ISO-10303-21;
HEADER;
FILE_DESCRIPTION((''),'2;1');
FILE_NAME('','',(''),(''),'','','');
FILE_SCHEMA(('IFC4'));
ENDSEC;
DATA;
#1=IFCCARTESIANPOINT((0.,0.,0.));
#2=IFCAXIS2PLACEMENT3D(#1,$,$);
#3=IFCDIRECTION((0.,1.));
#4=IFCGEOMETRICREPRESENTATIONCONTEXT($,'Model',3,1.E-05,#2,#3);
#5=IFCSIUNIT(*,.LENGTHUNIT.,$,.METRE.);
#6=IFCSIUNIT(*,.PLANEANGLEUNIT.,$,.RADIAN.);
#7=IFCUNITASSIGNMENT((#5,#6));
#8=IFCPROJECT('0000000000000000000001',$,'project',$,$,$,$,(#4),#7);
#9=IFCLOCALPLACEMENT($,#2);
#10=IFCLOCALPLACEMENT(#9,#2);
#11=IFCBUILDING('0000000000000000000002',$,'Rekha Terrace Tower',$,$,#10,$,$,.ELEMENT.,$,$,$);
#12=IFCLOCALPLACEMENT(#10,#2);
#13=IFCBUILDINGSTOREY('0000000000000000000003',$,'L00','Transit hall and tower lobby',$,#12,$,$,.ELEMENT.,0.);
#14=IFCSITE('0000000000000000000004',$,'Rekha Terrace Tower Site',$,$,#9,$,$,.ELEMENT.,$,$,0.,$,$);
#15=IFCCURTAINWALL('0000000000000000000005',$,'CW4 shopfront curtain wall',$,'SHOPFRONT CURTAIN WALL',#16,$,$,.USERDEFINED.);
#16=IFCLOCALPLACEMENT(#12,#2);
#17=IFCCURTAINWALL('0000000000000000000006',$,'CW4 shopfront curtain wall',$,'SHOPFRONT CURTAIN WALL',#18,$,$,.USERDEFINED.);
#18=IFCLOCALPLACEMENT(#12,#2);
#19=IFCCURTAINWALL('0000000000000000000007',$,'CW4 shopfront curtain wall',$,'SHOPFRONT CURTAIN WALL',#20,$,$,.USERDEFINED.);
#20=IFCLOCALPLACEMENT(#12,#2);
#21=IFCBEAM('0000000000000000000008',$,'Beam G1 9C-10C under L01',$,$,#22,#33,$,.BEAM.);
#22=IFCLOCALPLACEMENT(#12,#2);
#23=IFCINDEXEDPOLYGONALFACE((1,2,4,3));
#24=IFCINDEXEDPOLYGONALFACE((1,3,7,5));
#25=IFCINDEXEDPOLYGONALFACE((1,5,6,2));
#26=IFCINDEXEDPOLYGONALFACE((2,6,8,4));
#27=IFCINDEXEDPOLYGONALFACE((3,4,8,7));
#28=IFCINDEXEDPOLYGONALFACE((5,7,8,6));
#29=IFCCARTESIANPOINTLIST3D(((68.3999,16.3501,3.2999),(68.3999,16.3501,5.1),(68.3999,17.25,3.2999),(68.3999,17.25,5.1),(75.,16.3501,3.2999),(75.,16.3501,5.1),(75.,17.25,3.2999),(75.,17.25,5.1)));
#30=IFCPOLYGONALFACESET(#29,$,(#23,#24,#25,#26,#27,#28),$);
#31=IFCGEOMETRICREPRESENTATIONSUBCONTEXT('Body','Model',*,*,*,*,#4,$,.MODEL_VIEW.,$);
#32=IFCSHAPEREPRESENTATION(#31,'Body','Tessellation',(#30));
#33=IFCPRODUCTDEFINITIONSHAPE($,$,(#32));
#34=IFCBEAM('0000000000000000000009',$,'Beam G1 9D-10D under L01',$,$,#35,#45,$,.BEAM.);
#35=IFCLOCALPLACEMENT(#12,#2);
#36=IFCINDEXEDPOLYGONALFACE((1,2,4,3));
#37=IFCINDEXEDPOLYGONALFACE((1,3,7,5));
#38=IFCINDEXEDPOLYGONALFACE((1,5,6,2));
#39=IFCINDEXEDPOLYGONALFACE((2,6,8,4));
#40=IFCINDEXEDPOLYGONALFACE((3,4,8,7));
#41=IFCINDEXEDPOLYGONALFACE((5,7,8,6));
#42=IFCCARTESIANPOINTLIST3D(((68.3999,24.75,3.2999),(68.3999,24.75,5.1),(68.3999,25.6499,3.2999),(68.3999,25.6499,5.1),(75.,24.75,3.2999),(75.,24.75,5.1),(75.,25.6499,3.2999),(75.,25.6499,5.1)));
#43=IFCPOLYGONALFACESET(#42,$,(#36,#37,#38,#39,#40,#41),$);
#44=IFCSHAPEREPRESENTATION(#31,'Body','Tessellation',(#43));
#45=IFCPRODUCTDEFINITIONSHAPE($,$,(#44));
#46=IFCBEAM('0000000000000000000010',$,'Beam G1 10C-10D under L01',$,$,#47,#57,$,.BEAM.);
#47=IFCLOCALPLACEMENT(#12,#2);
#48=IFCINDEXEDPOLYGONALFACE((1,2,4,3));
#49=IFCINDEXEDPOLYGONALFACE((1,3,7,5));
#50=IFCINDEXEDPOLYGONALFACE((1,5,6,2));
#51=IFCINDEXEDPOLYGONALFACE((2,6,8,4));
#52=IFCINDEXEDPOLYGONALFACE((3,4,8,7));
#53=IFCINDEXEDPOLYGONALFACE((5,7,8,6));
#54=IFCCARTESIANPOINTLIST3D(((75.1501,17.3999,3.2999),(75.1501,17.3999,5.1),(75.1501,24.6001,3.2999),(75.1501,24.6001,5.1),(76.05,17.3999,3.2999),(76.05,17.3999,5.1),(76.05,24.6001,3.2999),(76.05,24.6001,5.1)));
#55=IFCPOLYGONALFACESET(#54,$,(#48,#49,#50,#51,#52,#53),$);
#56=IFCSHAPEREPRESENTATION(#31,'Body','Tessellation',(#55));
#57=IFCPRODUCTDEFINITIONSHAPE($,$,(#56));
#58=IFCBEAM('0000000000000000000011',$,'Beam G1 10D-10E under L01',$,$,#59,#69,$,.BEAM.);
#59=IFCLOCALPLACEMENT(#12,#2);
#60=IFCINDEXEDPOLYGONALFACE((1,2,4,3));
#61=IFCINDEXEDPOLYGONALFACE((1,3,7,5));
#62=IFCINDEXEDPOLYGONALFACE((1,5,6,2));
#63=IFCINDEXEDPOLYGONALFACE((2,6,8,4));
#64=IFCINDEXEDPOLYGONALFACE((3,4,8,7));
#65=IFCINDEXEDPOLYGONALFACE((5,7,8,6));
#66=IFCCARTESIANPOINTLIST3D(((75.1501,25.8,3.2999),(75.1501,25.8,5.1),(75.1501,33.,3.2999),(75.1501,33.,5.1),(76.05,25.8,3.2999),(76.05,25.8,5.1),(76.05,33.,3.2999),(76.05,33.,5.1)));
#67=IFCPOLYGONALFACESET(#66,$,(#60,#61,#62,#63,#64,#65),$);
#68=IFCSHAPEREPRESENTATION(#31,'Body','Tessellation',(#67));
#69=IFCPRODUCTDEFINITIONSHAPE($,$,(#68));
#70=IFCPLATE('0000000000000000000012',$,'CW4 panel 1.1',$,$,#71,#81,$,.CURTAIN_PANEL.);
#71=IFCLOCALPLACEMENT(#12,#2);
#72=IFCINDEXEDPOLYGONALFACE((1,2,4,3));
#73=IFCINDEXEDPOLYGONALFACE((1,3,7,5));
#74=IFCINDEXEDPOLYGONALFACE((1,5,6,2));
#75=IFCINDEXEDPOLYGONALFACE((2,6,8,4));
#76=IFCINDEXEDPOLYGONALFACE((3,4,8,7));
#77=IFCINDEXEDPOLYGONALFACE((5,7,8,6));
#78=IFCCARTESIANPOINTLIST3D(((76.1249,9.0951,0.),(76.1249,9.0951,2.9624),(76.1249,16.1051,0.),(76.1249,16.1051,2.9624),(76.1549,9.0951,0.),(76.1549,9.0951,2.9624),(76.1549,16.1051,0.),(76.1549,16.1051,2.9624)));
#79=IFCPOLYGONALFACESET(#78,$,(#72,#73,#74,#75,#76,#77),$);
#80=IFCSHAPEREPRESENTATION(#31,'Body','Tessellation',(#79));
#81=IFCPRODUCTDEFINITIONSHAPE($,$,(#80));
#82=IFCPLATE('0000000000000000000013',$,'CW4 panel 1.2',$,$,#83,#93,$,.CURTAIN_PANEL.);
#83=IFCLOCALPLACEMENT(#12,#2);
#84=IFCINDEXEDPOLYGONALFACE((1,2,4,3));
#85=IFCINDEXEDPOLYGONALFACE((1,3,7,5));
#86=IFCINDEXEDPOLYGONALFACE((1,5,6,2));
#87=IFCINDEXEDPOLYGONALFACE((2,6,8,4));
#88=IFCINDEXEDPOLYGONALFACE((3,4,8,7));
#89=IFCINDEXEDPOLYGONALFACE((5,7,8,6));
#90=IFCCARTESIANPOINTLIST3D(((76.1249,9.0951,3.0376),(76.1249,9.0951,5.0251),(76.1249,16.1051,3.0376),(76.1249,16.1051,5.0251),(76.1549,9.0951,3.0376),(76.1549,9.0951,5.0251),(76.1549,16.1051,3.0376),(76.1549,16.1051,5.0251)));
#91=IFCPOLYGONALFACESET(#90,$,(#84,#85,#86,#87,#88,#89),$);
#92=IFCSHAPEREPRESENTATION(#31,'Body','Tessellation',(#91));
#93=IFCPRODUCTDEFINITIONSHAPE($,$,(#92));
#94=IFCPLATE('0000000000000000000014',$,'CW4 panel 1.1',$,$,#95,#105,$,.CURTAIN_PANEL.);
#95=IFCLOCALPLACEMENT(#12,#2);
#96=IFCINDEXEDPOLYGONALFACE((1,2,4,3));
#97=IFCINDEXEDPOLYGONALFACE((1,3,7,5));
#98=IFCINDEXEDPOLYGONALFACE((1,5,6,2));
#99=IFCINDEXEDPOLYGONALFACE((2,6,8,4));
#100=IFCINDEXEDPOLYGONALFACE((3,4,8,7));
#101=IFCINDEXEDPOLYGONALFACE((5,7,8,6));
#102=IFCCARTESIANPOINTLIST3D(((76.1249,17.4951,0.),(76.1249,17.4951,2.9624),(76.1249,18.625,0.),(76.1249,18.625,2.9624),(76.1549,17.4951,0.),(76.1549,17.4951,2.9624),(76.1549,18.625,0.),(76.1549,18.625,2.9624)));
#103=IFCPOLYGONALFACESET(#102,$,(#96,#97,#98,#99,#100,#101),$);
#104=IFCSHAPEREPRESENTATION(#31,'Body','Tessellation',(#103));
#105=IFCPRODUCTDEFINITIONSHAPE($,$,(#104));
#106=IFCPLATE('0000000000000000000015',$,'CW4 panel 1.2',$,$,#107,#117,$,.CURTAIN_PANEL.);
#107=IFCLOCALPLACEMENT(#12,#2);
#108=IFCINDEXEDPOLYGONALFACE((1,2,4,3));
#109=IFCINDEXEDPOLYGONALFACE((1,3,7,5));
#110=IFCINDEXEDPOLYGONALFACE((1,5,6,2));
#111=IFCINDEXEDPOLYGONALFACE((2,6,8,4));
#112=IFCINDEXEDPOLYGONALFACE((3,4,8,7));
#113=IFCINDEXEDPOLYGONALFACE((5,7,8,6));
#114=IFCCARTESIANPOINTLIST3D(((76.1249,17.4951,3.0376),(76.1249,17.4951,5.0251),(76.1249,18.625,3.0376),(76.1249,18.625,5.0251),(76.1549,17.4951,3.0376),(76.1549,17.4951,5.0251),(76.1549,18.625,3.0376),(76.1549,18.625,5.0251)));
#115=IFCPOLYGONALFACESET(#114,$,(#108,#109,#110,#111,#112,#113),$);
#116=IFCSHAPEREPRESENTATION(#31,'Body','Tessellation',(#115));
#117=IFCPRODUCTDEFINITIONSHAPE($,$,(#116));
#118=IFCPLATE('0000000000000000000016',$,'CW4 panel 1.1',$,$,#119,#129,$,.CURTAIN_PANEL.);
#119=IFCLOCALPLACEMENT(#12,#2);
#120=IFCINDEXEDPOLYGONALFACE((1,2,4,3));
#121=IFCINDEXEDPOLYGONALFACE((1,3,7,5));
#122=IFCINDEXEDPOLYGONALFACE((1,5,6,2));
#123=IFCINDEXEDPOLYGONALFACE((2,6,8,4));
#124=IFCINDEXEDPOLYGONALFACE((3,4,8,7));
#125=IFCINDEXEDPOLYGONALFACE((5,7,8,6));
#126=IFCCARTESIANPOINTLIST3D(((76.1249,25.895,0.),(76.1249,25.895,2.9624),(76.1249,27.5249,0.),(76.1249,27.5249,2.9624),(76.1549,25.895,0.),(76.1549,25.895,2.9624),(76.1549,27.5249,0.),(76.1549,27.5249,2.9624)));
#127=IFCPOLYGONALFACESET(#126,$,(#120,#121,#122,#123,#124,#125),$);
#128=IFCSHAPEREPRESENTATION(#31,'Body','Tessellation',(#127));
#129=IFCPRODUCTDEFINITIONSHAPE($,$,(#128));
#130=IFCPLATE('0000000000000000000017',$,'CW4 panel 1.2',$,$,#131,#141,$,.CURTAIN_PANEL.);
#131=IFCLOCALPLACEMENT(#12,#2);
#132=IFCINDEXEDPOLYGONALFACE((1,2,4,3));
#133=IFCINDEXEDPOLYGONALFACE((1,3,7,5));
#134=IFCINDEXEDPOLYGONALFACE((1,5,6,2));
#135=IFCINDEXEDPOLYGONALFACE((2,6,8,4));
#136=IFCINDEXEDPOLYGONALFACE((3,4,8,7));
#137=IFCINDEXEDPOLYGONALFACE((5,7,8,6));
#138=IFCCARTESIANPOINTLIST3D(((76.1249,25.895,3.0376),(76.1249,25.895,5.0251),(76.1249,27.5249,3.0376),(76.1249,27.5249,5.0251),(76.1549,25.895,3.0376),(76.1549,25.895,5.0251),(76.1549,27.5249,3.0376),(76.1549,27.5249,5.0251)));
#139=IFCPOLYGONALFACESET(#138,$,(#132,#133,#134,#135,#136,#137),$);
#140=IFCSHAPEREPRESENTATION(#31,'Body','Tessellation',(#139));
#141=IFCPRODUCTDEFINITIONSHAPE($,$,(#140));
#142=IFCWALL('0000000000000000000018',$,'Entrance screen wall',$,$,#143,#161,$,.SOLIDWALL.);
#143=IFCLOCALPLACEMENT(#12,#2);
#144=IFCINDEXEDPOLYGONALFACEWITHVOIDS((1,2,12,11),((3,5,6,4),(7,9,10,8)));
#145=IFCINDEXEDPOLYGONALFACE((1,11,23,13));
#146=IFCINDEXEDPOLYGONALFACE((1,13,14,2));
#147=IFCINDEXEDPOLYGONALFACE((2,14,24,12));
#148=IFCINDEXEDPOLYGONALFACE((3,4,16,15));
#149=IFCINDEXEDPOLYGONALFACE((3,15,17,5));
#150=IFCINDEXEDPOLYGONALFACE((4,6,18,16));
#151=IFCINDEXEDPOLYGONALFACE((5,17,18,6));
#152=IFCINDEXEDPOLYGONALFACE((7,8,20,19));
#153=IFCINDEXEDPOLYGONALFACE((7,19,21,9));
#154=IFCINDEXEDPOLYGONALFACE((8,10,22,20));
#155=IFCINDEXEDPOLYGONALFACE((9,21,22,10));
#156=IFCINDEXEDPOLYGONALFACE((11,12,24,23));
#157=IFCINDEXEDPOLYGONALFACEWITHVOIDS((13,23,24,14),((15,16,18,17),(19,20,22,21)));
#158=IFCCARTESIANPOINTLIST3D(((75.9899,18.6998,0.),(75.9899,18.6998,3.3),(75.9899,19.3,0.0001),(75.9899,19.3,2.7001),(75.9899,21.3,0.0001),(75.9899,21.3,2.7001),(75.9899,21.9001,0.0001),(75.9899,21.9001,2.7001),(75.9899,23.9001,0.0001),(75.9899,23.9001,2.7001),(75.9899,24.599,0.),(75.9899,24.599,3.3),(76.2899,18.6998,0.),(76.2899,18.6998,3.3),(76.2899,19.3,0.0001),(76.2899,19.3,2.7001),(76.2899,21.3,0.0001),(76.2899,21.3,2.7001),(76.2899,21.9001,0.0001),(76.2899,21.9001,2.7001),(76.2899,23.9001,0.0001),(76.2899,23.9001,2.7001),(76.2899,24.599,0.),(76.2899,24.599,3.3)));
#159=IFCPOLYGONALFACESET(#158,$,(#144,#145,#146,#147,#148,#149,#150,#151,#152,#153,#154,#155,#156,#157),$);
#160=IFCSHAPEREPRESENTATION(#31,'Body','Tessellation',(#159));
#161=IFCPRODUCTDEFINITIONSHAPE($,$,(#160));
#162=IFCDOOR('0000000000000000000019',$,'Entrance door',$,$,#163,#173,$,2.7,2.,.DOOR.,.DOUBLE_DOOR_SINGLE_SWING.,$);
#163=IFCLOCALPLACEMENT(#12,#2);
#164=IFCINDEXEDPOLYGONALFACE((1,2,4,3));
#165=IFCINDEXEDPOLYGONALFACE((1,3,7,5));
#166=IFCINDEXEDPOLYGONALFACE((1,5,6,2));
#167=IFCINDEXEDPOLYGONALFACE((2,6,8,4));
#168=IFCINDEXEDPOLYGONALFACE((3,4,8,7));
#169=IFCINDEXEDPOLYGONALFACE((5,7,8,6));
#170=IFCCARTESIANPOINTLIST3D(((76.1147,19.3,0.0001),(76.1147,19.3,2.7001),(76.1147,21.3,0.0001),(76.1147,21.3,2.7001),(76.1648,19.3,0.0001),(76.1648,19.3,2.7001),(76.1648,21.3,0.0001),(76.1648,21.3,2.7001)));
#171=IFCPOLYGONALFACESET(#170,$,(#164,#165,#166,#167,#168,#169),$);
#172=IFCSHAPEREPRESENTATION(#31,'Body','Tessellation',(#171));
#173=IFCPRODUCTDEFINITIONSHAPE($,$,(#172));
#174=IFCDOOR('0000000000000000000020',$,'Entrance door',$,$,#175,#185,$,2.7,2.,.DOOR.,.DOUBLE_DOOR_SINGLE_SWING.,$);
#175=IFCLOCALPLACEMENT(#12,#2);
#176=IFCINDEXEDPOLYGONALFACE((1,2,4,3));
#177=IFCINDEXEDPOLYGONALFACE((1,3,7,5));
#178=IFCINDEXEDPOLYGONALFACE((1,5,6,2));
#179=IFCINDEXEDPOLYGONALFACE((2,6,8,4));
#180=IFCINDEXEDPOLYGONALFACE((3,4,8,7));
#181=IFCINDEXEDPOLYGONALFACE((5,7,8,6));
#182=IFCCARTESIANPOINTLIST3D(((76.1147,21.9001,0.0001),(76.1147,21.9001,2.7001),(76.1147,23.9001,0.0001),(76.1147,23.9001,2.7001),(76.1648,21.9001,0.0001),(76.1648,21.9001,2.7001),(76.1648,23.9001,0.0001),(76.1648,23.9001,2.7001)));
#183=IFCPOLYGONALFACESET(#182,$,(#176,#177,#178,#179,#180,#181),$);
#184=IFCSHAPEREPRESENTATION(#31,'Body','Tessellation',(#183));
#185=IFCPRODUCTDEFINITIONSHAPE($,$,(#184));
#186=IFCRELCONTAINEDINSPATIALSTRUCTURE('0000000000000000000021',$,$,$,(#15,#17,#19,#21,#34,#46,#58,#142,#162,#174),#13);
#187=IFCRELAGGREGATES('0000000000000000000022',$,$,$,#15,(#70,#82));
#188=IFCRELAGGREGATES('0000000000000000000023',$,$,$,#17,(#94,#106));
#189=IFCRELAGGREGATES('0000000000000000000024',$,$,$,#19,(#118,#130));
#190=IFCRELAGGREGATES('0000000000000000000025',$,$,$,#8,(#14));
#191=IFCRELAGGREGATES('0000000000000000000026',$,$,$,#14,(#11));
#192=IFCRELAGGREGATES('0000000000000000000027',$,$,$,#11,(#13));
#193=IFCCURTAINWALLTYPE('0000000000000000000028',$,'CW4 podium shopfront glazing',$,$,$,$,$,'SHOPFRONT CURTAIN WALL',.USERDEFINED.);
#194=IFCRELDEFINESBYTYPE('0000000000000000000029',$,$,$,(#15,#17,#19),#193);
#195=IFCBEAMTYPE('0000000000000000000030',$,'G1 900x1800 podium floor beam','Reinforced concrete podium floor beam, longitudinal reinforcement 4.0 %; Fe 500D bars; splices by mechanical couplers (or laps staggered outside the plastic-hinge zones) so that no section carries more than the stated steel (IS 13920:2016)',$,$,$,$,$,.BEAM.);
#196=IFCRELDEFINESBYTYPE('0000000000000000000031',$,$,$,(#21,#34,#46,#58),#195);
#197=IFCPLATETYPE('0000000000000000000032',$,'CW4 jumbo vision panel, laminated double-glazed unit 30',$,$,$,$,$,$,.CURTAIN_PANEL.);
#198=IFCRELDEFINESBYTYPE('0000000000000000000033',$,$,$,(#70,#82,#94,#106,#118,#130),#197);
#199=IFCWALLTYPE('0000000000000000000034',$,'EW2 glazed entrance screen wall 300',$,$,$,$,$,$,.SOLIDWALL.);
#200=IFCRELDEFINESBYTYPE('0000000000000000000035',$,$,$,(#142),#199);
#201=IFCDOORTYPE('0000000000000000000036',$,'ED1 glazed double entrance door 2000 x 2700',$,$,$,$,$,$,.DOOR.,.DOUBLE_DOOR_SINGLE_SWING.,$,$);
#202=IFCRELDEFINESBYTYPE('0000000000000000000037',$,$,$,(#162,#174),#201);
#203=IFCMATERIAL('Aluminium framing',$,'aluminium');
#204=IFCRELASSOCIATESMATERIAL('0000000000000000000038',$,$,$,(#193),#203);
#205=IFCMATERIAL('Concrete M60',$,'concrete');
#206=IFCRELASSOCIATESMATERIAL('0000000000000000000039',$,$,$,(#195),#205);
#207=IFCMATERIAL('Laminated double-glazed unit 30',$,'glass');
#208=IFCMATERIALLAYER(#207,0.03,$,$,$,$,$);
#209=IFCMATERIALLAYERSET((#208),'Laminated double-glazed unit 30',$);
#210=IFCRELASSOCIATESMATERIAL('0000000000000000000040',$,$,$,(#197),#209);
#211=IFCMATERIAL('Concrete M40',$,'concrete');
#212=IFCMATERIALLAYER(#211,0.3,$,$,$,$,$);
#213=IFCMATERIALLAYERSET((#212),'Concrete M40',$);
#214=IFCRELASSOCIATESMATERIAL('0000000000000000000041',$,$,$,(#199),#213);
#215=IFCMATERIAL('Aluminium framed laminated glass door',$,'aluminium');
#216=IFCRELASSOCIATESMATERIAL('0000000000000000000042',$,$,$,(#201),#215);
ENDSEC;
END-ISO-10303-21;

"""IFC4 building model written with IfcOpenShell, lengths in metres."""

from ifc_helpers import new_model, si_unit, direction, frame, frame_2d, origin, origin_2d, place, context, subcontext, project, spatial, rectangle, extrude, material, layer, layer_set, material_profile, profile_set, type_object, element, fill, aggregate, save


model = new_model("IFC4")

# Units and contexts
model_context = context("Model", 3, precision=1e-05, world=origin(), true_north=direction((0.0, 1.0)))
body_context = subcontext(model_context, "Body", "Model", "MODEL_VIEW")
ifc_project = project(units=[si_unit("LENGTHUNIT", "METRE"), si_unit("PLANEANGLEUNIT", "RADIAN")], contexts=[model_context])

# Site, building, storey
site_placement = place(None, origin())
site = spatial("IfcSite", under=ifc_project, at=site_placement, Name="Rekha Terrace Tower Site", CompositionType="ELEMENT", RefElevation=0.0)
building_placement = place(site_placement, origin())
building = spatial("IfcBuilding", under=site, at=building_placement, Name="Rekha Terrace Tower", CompositionType="ELEMENT")
storey_placement = place(building_placement, origin())
storey = spatial("IfcBuildingStorey", under=building, at=storey_placement, Name="L00", Description="Transit hall and tower lobby", CompositionType="ELEMENT", Elevation=0.0)

# Shared definitions
ifc_material_1 = material(Name="Concrete M60", Category="concrete")

# Curtain wall
ifc_material_2 = material(Name="Aluminium framing", Category="aluminium")
curtain_wall_type = type_object("IfcCurtainWallType", Name="CW4 podium shopfront glazing", ElementType="SHOPFRONT CURTAIN WALL", PredefinedType="USERDEFINED", material=ifc_material_2)
curtain_wall_1_placement = place(storey_placement, origin())
curtain_wall_1 = element("IfcCurtainWall", 1, at=curtain_wall_1_placement, inside=storey, type_object=curtain_wall_type, Name="CW4 shopfront curtain wall", ObjectType="SHOPFRONT CURTAIN WALL", PredefinedType="USERDEFINED")

# Curtain walls
curtain_wall_2_placement = place(storey_placement, origin())
curtain_wall_2 = element("IfcCurtainWall", 2, at=curtain_wall_2_placement, inside=storey, type_object=curtain_wall_type, Name="CW4 shopfront curtain wall", ObjectType="SHOPFRONT CURTAIN WALL", PredefinedType="USERDEFINED")
curtain_wall_3_placement = place(storey_placement, origin())
curtain_wall_3 = element("IfcCurtainWall", 3, at=curtain_wall_3_placement, inside=storey, type_object=curtain_wall_type, Name="CW4 shopfront curtain wall", ObjectType="SHOPFRONT CURTAIN WALL", PredefinedType="USERDEFINED")

# Beams
ifc_material_profile_1 = material_profile(ifc_material_1, rectangle(XDim=0.8999, YDim=1.8, at=origin_2d()), Name="RC 900x1800")
ifc_profile_set_1 = profile_set([ifc_material_profile_1], Name="Concrete M60")
beam_type = type_object("IfcBeamType", Name="G1 900x1800 podium floor beam", Description="Reinforced concrete podium floor beam, longitudinal reinforcement 4.0 %; Fe 500D bars; splices by mechanical couplers (or laps staggered outside the plastic-hinge zones) so that no section carries more than the stated steel (IS 13920:2016)", PredefinedType="BEAM", material=ifc_profile_set_1)
for number, where, z_axis, x_axis, name in (
    (4, (68.3999, 16.8, 4.2), (1.0, 0.0, 0.0), (0.0, 1.0, 0.0), "Beam G1 9C-10C under L01"),
    (5, (68.3999, 25.2, 4.2), (1.0, 0.0, 0.0), (0.0, 1.0, 0.0), "Beam G1 9D-10D under L01"),
):
    element("IfcBeam", number, at=place(storey_placement, frame(where, z_axis=z_axis, x_axis=x_axis)), inside=storey, type_object=beam_type, Name=name, PredefinedType="BEAM", context=body_context, shape_type="SweptSolid", body=[
        extrude(rectangle(XDim=0.8999, YDim=1.8, at=origin_2d()), origin(), (0.0, 0.0, 1.0), 6.6001),
    ])
beam_1_placement = place(storey_placement, frame((75.6001, 17.3999, 4.2), z_axis=(0.0, 1.0, 0.0), x_axis=(-1.0, 0.0, 0.0)))
element("IfcBeam", 6, at=beam_1_placement, inside=storey, type_object=beam_type, Name="Beam G1 10C-10D under L01", PredefinedType="BEAM", context=body_context, shape_type="SweptSolid", body=[
    extrude(rectangle(XDim=0.8999, YDim=1.8, at=origin_2d()), origin(), (0.0, 0.0, 1.0), 7.2002),
])
beam_2_placement = place(storey_placement, frame((75.6001, 25.8, 4.2), z_axis=(0.0, 1.0, 0.0), x_axis=(-1.0, 0.0, 0.0)))
element("IfcBeam", 7, at=beam_2_placement, inside=storey, type_object=beam_type, Name="Beam G1 10D-10E under L01", PredefinedType="BEAM", context=body_context, shape_type="SweptSolid", body=[
    extrude(rectangle(XDim=0.8999, YDim=1.8, at=origin_2d()), origin(), (0.0, 0.0, 1.0), 7.2),
])

# Plates
ifc_material_3 = material(Name="Laminated double-glazed unit 30", Category="glass")
ifc_layer_1 = layer(ifc_material_3, 0.03)
ifc_layer_set_1 = layer_set([ifc_layer_1], Name="Laminated double-glazed unit 30")
plate_type = type_object("IfcPlateType", Name="CW4 jumbo vision panel, laminated double-glazed unit 30", PredefinedType="CURTAIN_PANEL", material=ifc_layer_set_1)
plate_1_placement = place(storey_placement, frame((76.1399, 12.6001, 0.0), z_axis=(0.0, 0.0, 1.0), x_axis=(0.0, 1.0, 0.0)))
plate_1 = element("IfcPlate", 8, at=plate_1_placement, type_object=plate_type, Name="CW4 panel 1.1", PredefinedType="CURTAIN_PANEL", context=body_context, shape_type="SweptSolid", body=[
    extrude(rectangle(XDim=7.01, YDim=0.03, at=origin_2d()), origin(), (0.0, 0.0, 1.0), 2.9624),
])
plate_2_placement = place(storey_placement, frame((76.1399, 12.6001, 3.0376), z_axis=(0.0, 0.0, 1.0), x_axis=(0.0, 1.0, 0.0)))
plate_2 = element("IfcPlate", 9, at=plate_2_placement, type_object=plate_type, Name="CW4 panel 1.2", PredefinedType="CURTAIN_PANEL", context=body_context, shape_type="SweptSolid", body=[
    extrude(rectangle(XDim=7.01, YDim=0.03, at=origin_2d()), origin(), (0.0, 0.0, 1.0), 1.9875),
])
aggregate(curtain_wall_1, [plate_1, plate_2])
plate_3_placement = place(storey_placement, frame((76.1399, 18.0601, 0.0), z_axis=(0.0, 0.0, 1.0), x_axis=(0.0, 1.0, 0.0)))
plate_3 = element("IfcPlate", 10, at=plate_3_placement, type_object=plate_type, Name="CW4 panel 1.1", PredefinedType="CURTAIN_PANEL", context=body_context, shape_type="SweptSolid", body=[
    extrude(rectangle(XDim=1.1299, YDim=0.03, at=origin_2d()), origin(), (0.0, 0.0, 1.0), 2.9624),
])
plate_4_placement = place(storey_placement, frame((76.1399, 18.0601, 3.0376), z_axis=(0.0, 0.0, 1.0), x_axis=(0.0, 1.0, 0.0)))
plate_4 = element("IfcPlate", 11, at=plate_4_placement, type_object=plate_type, Name="CW4 panel 1.2", PredefinedType="CURTAIN_PANEL", context=body_context, shape_type="SweptSolid", body=[
    extrude(rectangle(XDim=1.1299, YDim=0.03, at=origin_2d()), origin(), (0.0, 0.0, 1.0), 1.9875),
])
aggregate(curtain_wall_2, [plate_3, plate_4])
plate_5_placement = place(storey_placement, frame((76.1399, 26.71, 0.0), z_axis=(0.0, 0.0, 1.0), x_axis=(0.0, 1.0, 0.0)))
plate_5 = element("IfcPlate", 12, at=plate_5_placement, type_object=plate_type, Name="CW4 panel 1.1", PredefinedType="CURTAIN_PANEL", context=body_context, shape_type="SweptSolid", body=[
    extrude(rectangle(XDim=1.6299, YDim=0.03, at=origin_2d()), origin(), (0.0, 0.0, 1.0), 2.9624),
])
plate_6_placement = place(storey_placement, frame((76.1399, 26.71, 3.0376), z_axis=(0.0, 0.0, 1.0), x_axis=(0.0, 1.0, 0.0)))
plate_6 = element("IfcPlate", 13, at=plate_6_placement, type_object=plate_type, Name="CW4 panel 1.2", PredefinedType="CURTAIN_PANEL", context=body_context, shape_type="SweptSolid", body=[
    extrude(rectangle(XDim=1.6299, YDim=0.03, at=origin_2d()), origin(), (0.0, 0.0, 1.0), 1.9875),
])
aggregate(curtain_wall_3, [plate_5, plate_6])

# Wall, openings, doors
ifc_material_4 = material(Name="Concrete M40", Category="concrete")
ifc_layer_2 = layer(ifc_material_4, 0.3)
ifc_layer_set_2 = layer_set([ifc_layer_2], Name="Concrete M40")
wall_type_1 = type_object("IfcWallType", Name="EW2 glazed entrance screen wall 300", PredefinedType="SOLIDWALL", material=ifc_layer_set_2)
wall_1_placement = place(storey_placement, frame((76.1399, 24.5991, 0.0), z_axis=(0.0, 0.0, 1.0), x_axis=(0.0, -1.0, 0.0)))
wall_1 = element("IfcWall", 14, at=wall_1_placement, inside=storey, type_object=wall_type_1, Name="Entrance screen wall", PredefinedType="SOLIDWALL", context=body_context, shape_type="SweptSolid", body=[
    extrude(rectangle(XDim=5.8992, YDim=0.3, at=frame_2d((2.9497, 0.0))), origin(), (0.0, 0.0, 1.0), 3.3),
])
opening_1_placement = place(wall_1_placement, frame((3.2991, 0.0, 0.0)))
opening_1 = element("IfcOpeningElement", 15, at=opening_1_placement, cuts=wall_1, PredefinedType="OPENING", context=body_context, shape_type="SweptSolid", body=[
    extrude(rectangle(XDim=2.0, YDim=2.7, at=frame_2d((1.0, 1.3501))), frame((0.0, 0.1599, 0.0), z_axis=(0.0, -1.0, 0.0), x_axis=(1.0, 0.0, 0.0)), (0.0, 0.0, 1.0), 0.3201),
])
opening_2_placement = place(wall_1_placement, frame((0.699, 0.0, 0.0)))
opening_2 = element("IfcOpeningElement", 16, at=opening_2_placement, cuts=wall_1, PredefinedType="OPENING", context=body_context, shape_type="SweptSolid", body=[
    extrude(rectangle(XDim=2.0, YDim=2.7, at=frame_2d((1.0, 1.3501))), frame((0.0, 0.1599, 0.0), z_axis=(0.0, -1.0, 0.0), x_axis=(1.0, 0.0, 0.0)), (0.0, 0.0, 1.0), 0.3201),
])
ifc_material_5 = material(Name="Aluminium framed laminated glass door", Category="aluminium")
door_type = type_object("IfcDoorType", Name="ED1 glazed double entrance door 2000 x 2700", OperationType="DOUBLE_DOOR_SINGLE_SWING", PredefinedType="DOOR", material=ifc_material_5)
door_1_placement = place(opening_1_placement, origin())
door_1 = element("IfcDoor", 17, at=door_1_placement, inside=storey, type_object=door_type, Name="Entrance door", OperationType="DOUBLE_DOOR_SINGLE_SWING", OverallHeight=2.7, OverallWidth=2.0, PredefinedType="DOOR", context=body_context, shape_type="SweptSolid", body=[
    extrude(rectangle(XDim=2.0, YDim=2.7, at=frame_2d((1.0, 1.3501))), frame((0.0, 0.0249, 0.0), z_axis=(0.0, -1.0, 0.0), x_axis=(1.0, 0.0, 0.0)), (0.0, 0.0, 1.0), 0.05),
])
fill(opening_1, door_1)
door_2_placement = place(opening_2_placement, origin())
door_2 = element("IfcDoor", 18, at=door_2_placement, inside=storey, type_object=door_type, Name="Entrance door", OperationType="DOUBLE_DOOR_SINGLE_SWING", OverallHeight=2.7, OverallWidth=2.0, PredefinedType="DOOR", context=body_context, shape_type="SweptSolid", body=[
    extrude(rectangle(XDim=2.0, YDim=2.7, at=frame_2d((1.0, 1.3501))), frame((0.0, 0.0249, 0.0), z_axis=(0.0, -1.0, 0.0), x_axis=(1.0, 0.0, 0.0)), (0.0, 0.0, 1.0), 0.05),
])
fill(opening_2, door_2)

save(model, "model.ifc")
